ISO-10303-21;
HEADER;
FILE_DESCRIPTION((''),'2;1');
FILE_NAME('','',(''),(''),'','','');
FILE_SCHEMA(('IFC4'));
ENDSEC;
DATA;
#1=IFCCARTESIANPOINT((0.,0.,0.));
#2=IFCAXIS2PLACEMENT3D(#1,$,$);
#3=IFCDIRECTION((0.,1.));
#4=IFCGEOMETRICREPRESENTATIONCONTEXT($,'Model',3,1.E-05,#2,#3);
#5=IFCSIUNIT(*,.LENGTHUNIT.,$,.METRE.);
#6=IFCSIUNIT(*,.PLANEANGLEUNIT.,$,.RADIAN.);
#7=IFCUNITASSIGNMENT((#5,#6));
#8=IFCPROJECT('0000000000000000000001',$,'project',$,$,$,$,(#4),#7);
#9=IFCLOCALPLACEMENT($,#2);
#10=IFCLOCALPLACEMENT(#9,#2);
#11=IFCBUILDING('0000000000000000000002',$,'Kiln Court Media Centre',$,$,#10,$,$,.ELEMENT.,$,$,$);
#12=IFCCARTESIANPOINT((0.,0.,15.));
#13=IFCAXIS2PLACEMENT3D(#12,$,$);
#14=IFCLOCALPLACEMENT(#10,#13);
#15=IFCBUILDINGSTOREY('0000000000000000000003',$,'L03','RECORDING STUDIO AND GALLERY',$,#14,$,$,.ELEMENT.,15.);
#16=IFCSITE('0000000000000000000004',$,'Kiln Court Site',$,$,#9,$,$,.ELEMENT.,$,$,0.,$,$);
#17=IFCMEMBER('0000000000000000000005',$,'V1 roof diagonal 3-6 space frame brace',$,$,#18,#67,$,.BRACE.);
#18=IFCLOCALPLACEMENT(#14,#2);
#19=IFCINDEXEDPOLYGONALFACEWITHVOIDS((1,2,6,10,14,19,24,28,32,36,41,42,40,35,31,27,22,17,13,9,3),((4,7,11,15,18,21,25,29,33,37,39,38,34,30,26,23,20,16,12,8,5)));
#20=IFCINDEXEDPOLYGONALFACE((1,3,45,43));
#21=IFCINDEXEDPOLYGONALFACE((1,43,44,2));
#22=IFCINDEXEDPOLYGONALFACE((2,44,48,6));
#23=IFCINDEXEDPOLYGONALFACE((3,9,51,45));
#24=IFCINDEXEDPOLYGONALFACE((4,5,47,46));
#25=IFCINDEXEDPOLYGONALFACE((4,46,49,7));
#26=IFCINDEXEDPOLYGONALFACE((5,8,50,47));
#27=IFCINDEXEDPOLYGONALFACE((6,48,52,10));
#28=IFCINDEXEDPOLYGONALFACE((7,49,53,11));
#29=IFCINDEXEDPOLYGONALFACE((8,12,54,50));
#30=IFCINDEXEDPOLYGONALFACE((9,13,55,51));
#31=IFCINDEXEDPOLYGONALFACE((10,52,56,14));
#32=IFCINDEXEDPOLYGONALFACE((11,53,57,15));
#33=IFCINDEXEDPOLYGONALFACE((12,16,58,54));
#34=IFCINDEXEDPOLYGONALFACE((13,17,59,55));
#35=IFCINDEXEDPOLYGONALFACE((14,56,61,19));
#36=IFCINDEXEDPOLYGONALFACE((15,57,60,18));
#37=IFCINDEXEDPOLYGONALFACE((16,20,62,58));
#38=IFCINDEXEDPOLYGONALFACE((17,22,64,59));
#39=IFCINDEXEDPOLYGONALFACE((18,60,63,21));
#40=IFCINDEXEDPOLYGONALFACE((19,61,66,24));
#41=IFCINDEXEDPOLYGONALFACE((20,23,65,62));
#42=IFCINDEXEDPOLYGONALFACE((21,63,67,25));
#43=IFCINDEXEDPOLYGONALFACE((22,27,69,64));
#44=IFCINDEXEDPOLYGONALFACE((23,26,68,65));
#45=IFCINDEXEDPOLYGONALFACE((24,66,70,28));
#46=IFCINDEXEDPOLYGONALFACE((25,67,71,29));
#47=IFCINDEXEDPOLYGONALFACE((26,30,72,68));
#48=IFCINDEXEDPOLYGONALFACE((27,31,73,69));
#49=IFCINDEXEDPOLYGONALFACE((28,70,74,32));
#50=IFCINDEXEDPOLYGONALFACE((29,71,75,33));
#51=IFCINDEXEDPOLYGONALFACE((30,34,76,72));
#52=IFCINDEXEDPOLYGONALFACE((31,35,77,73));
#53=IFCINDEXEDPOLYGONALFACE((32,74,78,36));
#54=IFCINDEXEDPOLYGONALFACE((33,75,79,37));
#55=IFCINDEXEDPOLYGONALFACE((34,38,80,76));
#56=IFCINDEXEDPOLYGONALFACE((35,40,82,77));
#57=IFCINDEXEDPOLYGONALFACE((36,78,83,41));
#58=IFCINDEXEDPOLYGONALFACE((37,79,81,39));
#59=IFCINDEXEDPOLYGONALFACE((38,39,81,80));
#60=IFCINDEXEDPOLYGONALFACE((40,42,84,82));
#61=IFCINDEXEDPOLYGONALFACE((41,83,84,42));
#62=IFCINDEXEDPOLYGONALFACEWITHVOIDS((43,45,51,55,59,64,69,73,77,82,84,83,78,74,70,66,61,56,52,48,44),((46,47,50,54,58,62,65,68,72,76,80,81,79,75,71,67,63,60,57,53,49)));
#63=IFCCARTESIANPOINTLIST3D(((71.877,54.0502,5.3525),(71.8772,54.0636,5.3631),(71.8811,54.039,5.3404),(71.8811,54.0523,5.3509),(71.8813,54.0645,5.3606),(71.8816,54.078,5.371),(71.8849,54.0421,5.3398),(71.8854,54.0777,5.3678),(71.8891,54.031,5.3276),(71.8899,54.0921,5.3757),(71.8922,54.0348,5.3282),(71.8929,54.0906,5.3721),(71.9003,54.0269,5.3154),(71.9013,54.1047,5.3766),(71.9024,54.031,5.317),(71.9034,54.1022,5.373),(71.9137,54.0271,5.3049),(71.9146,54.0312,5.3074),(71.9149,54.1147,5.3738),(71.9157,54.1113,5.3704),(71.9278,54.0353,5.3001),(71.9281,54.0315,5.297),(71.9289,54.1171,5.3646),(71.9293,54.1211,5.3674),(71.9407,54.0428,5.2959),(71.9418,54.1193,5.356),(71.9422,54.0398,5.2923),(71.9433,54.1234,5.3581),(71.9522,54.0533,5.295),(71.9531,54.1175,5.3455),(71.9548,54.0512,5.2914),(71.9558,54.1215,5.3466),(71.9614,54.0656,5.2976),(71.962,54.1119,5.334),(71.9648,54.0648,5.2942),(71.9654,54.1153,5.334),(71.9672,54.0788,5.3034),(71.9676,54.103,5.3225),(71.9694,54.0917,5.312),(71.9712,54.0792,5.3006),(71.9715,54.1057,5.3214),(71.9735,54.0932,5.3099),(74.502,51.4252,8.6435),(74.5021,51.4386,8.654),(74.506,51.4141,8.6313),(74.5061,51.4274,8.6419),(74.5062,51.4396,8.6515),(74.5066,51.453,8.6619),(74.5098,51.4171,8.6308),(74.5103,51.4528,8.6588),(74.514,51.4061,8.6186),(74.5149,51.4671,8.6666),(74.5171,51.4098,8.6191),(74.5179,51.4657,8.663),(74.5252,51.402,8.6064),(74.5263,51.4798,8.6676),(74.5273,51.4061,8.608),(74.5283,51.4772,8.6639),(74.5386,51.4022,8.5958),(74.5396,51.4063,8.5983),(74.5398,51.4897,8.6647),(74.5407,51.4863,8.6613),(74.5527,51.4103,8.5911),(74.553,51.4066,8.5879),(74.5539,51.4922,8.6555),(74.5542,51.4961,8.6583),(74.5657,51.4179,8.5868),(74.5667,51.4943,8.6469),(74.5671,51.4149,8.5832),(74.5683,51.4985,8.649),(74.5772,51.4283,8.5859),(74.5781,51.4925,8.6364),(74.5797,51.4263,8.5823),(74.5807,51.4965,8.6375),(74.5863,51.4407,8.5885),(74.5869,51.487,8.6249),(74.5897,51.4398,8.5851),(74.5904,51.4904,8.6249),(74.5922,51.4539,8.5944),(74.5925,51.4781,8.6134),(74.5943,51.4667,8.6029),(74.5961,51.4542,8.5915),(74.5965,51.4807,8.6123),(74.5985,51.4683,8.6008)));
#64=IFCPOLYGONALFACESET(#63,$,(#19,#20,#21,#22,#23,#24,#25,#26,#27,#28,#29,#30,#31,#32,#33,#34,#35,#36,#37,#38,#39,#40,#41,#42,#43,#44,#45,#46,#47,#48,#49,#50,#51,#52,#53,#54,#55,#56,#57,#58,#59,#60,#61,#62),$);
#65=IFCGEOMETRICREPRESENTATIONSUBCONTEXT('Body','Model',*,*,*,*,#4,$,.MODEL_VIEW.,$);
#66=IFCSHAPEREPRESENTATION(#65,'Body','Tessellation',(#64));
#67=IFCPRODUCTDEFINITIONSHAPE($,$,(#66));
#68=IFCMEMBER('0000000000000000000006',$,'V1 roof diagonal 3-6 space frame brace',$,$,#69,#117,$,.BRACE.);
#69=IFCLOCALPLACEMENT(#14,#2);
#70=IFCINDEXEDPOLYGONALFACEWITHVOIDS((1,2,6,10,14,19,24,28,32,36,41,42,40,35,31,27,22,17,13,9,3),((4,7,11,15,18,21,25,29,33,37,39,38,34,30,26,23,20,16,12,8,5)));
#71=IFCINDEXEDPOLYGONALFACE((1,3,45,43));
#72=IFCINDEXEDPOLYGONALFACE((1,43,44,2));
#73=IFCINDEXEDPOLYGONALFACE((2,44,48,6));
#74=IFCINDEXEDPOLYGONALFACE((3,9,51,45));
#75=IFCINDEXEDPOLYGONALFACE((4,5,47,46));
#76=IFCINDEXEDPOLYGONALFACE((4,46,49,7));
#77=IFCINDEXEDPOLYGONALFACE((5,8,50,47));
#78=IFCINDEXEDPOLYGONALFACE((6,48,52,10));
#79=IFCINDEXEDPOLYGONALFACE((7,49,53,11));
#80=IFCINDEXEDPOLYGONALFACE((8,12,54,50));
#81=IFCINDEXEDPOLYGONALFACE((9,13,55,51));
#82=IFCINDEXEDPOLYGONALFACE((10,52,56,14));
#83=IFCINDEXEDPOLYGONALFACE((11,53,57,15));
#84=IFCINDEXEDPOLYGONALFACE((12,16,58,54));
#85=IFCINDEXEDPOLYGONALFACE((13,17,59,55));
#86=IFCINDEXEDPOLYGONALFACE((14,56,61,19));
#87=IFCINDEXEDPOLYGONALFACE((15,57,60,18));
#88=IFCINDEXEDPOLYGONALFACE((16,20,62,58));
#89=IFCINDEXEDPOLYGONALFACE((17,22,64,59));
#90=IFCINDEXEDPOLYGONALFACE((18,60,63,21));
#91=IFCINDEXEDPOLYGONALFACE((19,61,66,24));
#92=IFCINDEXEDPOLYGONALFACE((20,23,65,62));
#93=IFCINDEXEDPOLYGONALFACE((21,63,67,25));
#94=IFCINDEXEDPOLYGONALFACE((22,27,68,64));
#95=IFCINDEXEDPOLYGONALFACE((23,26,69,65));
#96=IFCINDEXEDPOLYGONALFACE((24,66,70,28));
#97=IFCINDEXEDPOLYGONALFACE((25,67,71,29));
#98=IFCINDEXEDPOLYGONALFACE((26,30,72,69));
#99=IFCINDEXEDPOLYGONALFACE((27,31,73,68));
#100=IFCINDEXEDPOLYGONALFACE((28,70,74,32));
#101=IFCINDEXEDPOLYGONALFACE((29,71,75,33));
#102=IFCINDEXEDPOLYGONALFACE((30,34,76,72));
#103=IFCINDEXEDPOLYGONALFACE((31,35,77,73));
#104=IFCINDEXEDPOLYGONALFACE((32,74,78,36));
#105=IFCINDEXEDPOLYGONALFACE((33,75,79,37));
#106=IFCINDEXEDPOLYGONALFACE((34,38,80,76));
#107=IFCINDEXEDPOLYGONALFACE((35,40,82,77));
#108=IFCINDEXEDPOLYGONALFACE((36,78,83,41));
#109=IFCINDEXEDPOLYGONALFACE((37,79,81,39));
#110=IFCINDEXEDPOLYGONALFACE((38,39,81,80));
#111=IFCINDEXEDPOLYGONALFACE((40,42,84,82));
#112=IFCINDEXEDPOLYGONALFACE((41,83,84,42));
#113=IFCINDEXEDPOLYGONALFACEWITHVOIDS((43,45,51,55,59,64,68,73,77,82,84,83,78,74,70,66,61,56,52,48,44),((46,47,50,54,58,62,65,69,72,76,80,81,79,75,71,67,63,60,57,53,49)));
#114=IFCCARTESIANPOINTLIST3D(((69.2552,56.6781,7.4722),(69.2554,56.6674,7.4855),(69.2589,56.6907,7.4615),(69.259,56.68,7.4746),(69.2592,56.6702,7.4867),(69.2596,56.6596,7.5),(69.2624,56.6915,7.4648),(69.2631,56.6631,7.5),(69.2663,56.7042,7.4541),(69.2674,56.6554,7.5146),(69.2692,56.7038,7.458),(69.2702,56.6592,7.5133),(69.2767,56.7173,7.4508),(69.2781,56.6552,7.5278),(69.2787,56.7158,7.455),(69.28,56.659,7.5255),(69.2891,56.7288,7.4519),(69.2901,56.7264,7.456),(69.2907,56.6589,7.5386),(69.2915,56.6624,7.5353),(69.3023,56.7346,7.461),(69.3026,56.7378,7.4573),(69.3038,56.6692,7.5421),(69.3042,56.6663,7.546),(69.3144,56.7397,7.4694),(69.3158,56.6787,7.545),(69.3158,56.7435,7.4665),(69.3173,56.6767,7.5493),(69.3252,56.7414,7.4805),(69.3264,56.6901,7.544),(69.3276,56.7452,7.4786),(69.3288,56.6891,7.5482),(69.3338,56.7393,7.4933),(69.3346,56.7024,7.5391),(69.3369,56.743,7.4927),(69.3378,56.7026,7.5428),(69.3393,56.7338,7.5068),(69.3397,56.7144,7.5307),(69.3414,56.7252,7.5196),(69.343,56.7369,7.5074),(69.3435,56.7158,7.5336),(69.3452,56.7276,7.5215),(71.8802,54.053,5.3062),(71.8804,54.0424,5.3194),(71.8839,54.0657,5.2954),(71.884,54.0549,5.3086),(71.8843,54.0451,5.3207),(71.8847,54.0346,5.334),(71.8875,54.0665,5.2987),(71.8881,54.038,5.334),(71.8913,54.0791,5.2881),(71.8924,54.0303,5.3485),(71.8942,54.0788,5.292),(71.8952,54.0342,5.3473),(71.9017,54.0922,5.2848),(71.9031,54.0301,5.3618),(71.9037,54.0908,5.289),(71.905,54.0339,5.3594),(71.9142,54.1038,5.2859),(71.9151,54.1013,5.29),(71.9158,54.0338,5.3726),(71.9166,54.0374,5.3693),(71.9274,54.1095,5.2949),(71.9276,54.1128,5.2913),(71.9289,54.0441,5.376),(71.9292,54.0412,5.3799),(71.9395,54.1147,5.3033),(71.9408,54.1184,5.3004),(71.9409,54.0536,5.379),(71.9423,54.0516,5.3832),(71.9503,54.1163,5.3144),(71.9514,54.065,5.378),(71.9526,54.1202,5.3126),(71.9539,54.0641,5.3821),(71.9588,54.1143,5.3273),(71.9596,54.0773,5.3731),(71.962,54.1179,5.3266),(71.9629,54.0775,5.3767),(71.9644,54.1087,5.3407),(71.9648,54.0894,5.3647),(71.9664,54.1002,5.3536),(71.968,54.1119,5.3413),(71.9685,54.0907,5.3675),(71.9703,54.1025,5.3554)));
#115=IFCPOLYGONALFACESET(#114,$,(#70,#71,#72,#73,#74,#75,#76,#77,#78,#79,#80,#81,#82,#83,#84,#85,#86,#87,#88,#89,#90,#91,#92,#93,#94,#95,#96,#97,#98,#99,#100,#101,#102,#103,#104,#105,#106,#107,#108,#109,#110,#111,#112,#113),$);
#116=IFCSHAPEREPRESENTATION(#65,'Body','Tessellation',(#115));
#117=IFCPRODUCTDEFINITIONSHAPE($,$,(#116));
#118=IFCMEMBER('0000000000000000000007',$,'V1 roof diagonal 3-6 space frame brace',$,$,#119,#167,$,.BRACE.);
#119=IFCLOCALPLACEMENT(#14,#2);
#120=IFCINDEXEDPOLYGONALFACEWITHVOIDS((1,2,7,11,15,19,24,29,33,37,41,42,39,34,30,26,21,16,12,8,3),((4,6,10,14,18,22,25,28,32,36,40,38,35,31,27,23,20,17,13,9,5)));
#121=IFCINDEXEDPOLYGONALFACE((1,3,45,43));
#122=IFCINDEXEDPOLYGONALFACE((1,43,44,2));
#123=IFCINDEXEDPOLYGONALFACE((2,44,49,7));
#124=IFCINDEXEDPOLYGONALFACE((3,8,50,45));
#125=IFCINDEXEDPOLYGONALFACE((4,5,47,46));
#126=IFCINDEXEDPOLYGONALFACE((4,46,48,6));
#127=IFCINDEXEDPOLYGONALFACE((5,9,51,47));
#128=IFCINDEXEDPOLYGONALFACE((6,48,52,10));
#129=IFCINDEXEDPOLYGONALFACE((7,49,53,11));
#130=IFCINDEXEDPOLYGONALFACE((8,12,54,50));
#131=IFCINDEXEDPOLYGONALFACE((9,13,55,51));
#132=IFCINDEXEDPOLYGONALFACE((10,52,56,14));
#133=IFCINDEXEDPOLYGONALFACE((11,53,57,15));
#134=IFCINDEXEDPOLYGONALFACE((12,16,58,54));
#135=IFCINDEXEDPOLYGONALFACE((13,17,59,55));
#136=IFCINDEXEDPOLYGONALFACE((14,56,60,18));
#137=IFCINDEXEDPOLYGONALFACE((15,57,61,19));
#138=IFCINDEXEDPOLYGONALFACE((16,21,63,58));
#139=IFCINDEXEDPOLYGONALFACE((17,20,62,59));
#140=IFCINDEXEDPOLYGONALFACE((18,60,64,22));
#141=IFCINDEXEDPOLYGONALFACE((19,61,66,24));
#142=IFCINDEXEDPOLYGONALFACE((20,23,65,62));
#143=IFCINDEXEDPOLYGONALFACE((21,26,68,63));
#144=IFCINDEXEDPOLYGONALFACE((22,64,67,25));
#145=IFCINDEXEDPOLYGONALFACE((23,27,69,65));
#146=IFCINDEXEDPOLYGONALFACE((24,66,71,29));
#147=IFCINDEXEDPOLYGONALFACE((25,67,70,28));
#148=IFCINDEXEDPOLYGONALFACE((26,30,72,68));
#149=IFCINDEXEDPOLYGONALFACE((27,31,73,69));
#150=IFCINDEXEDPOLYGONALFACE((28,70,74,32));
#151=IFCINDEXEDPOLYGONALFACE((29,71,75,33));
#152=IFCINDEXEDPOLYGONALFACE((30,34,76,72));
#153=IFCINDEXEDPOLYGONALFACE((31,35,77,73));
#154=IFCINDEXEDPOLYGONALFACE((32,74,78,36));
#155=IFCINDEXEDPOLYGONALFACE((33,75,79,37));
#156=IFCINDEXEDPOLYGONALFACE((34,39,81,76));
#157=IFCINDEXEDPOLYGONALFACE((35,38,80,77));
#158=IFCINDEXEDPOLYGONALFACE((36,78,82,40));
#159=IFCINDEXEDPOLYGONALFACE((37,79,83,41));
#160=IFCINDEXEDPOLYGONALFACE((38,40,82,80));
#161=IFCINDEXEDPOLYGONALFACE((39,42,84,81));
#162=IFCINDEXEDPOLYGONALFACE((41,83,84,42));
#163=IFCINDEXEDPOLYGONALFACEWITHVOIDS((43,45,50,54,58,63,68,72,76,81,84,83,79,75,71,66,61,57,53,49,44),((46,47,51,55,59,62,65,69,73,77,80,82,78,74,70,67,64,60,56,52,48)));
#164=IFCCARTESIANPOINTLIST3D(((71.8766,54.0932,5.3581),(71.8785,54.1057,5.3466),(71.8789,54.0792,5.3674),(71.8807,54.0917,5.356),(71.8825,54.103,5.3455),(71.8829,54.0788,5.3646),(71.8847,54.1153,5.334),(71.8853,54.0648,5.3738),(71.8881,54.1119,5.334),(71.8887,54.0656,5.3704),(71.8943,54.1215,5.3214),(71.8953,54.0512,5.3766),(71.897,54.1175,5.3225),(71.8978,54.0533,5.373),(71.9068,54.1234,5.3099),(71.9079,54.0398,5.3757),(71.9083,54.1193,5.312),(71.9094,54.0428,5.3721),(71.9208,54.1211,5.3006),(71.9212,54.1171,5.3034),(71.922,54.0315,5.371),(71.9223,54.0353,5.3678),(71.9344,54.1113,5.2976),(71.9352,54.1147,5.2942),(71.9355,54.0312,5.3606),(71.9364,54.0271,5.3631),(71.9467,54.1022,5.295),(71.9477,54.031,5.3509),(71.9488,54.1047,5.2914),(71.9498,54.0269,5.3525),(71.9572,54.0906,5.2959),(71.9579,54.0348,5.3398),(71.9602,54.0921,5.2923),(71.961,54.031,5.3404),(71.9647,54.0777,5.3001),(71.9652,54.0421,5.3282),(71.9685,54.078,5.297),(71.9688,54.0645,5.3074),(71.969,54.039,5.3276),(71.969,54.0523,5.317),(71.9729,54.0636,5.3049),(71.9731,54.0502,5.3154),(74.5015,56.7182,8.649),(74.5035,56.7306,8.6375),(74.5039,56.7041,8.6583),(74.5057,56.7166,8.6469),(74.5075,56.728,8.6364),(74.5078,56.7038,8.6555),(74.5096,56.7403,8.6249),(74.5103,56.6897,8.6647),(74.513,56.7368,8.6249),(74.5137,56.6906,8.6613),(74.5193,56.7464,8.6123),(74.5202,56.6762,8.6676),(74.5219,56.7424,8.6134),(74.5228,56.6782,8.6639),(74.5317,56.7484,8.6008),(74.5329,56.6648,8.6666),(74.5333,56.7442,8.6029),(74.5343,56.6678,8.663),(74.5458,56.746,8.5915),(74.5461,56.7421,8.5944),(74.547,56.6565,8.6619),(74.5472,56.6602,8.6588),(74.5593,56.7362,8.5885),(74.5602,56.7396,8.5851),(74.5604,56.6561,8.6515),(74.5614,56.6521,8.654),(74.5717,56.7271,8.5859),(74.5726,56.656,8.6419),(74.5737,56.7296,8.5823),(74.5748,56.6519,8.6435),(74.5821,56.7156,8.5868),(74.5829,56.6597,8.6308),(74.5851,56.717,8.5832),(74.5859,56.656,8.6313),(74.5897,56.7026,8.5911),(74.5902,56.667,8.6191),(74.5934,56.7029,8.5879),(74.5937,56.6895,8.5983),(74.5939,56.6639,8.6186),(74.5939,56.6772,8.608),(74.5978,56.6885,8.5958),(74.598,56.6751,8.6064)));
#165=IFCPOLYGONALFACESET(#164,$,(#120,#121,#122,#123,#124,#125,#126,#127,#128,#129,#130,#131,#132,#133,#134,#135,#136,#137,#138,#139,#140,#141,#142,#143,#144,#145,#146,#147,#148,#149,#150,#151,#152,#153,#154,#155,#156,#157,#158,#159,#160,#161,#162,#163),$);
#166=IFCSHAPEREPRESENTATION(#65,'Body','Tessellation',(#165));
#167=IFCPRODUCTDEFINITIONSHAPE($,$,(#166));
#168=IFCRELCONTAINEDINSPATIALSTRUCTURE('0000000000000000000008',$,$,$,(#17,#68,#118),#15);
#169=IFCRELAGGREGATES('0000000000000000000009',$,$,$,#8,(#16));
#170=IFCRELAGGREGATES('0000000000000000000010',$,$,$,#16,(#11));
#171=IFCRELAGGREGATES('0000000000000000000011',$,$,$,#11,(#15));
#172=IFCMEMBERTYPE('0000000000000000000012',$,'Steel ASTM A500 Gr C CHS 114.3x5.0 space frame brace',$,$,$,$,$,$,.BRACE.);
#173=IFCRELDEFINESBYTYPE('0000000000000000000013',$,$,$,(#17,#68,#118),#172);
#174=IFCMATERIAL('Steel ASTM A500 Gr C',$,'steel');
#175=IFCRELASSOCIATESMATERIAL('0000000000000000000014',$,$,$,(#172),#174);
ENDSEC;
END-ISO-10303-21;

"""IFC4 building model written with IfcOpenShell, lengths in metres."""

from ifc_helpers import new_model, si_unit, direction, frame, origin, origin_2d, place, context, subcontext, project, spatial, hollow_circle, extrude, material, material_profile, profile_set, type_object, element, save


model = new_model("IFC4")

# Units and contexts
model_context = context("Model", 3, precision=1e-05, world=origin(), true_north=direction((0.0, 1.0)))
body_context = subcontext(model_context, "Body", "Model", "MODEL_VIEW")
ifc_project = project(units=[si_unit("LENGTHUNIT", "METRE"), si_unit("PLANEANGLEUNIT", "RADIAN")], contexts=[model_context])

# Site, building, storey
site_placement = place(None, origin())
site = spatial("IfcSite", under=ifc_project, at=site_placement, Name="Kiln Court Site", CompositionType="ELEMENT", RefElevation=0.0)
building_placement = place(site_placement, origin())
building = spatial("IfcBuilding", under=site, at=building_placement, Name="Kiln Court Media Centre", CompositionType="ELEMENT")
storey_placement = place(building_placement, frame((0.0, 0.0, 15.0)))
storey = spatial("IfcBuildingStorey", under=building, at=storey_placement, Name="L03", Description="RECORDING STUDIO AND GALLERY", CompositionType="ELEMENT", Elevation=15.0)

# Members
ifc_material_1 = material(Name="Steel ASTM A500 Gr C", Category="steel")
ifc_material_profile_1 = material_profile(ifc_material_1, hollow_circle(Radius=0.0571, WallThickness=0.0049, at=origin_2d()), Name="CHS 114.3x5.0")
ifc_profile_set_1 = profile_set([ifc_material_profile_1], Name="Steel ASTM A500 Gr C")
member_type_1 = type_object("IfcMemberType", Name="Steel ASTM A500 Gr C CHS 114.3x5.0 space frame brace", PredefinedType="BRACE", material=ifc_profile_set_1)
member_1_placement = place(storey_placement, frame((71.925, 54.075, 5.334), z_axis=(0.529122, -0.529122, 0.663371), x_axis=(0.707107, 0.707107, 0.0)))
element("IfcMember", 1, at=member_1_placement, inside=storey, type_object=member_type_1, Name="V1 roof diagonal 3-6 space frame brace", PredefinedType="BRACE", context=body_context, shape_type="SweptSolid", body=[
    extrude(hollow_circle(Radius=0.0571, WallThickness=0.0049, at=origin_2d()), origin(), (0.0, 0.0, 1.0), 4.9609),
])
member_2_placement = place(storey_placement, frame((71.925, 54.075, 5.334), z_axis=(-0.610748, 0.610748, 0.503958), x_axis=(-0.707107, -0.707107, 0.0)))
element("IfcMember", 2, at=member_2_placement, inside=storey, type_object=member_type_1, Name="V1 roof diagonal 3-6 space frame brace", PredefinedType="BRACE", context=body_context, shape_type="SweptSolid", body=[
    extrude(hollow_circle(Radius=0.0571, WallThickness=0.0049, at=origin_2d()), origin(), (0.0, 0.0, 1.0), 4.2981),
])
member_3_placement = place(storey_placement, frame((71.925, 54.075, 5.334), z_axis=(0.529122, 0.529122, 0.663371), x_axis=(-0.707107, 0.707107, 0.0)))
element("IfcMember", 3, at=member_3_placement, inside=storey, type_object=member_type_1, Name="V1 roof diagonal 3-6 space frame brace", PredefinedType="BRACE", context=body_context, shape_type="SweptSolid", body=[
    extrude(hollow_circle(Radius=0.0571, WallThickness=0.0049, at=origin_2d()), origin(), (0.0, 0.0, 1.0), 4.9609),
])

save(model, "model.ifc")
